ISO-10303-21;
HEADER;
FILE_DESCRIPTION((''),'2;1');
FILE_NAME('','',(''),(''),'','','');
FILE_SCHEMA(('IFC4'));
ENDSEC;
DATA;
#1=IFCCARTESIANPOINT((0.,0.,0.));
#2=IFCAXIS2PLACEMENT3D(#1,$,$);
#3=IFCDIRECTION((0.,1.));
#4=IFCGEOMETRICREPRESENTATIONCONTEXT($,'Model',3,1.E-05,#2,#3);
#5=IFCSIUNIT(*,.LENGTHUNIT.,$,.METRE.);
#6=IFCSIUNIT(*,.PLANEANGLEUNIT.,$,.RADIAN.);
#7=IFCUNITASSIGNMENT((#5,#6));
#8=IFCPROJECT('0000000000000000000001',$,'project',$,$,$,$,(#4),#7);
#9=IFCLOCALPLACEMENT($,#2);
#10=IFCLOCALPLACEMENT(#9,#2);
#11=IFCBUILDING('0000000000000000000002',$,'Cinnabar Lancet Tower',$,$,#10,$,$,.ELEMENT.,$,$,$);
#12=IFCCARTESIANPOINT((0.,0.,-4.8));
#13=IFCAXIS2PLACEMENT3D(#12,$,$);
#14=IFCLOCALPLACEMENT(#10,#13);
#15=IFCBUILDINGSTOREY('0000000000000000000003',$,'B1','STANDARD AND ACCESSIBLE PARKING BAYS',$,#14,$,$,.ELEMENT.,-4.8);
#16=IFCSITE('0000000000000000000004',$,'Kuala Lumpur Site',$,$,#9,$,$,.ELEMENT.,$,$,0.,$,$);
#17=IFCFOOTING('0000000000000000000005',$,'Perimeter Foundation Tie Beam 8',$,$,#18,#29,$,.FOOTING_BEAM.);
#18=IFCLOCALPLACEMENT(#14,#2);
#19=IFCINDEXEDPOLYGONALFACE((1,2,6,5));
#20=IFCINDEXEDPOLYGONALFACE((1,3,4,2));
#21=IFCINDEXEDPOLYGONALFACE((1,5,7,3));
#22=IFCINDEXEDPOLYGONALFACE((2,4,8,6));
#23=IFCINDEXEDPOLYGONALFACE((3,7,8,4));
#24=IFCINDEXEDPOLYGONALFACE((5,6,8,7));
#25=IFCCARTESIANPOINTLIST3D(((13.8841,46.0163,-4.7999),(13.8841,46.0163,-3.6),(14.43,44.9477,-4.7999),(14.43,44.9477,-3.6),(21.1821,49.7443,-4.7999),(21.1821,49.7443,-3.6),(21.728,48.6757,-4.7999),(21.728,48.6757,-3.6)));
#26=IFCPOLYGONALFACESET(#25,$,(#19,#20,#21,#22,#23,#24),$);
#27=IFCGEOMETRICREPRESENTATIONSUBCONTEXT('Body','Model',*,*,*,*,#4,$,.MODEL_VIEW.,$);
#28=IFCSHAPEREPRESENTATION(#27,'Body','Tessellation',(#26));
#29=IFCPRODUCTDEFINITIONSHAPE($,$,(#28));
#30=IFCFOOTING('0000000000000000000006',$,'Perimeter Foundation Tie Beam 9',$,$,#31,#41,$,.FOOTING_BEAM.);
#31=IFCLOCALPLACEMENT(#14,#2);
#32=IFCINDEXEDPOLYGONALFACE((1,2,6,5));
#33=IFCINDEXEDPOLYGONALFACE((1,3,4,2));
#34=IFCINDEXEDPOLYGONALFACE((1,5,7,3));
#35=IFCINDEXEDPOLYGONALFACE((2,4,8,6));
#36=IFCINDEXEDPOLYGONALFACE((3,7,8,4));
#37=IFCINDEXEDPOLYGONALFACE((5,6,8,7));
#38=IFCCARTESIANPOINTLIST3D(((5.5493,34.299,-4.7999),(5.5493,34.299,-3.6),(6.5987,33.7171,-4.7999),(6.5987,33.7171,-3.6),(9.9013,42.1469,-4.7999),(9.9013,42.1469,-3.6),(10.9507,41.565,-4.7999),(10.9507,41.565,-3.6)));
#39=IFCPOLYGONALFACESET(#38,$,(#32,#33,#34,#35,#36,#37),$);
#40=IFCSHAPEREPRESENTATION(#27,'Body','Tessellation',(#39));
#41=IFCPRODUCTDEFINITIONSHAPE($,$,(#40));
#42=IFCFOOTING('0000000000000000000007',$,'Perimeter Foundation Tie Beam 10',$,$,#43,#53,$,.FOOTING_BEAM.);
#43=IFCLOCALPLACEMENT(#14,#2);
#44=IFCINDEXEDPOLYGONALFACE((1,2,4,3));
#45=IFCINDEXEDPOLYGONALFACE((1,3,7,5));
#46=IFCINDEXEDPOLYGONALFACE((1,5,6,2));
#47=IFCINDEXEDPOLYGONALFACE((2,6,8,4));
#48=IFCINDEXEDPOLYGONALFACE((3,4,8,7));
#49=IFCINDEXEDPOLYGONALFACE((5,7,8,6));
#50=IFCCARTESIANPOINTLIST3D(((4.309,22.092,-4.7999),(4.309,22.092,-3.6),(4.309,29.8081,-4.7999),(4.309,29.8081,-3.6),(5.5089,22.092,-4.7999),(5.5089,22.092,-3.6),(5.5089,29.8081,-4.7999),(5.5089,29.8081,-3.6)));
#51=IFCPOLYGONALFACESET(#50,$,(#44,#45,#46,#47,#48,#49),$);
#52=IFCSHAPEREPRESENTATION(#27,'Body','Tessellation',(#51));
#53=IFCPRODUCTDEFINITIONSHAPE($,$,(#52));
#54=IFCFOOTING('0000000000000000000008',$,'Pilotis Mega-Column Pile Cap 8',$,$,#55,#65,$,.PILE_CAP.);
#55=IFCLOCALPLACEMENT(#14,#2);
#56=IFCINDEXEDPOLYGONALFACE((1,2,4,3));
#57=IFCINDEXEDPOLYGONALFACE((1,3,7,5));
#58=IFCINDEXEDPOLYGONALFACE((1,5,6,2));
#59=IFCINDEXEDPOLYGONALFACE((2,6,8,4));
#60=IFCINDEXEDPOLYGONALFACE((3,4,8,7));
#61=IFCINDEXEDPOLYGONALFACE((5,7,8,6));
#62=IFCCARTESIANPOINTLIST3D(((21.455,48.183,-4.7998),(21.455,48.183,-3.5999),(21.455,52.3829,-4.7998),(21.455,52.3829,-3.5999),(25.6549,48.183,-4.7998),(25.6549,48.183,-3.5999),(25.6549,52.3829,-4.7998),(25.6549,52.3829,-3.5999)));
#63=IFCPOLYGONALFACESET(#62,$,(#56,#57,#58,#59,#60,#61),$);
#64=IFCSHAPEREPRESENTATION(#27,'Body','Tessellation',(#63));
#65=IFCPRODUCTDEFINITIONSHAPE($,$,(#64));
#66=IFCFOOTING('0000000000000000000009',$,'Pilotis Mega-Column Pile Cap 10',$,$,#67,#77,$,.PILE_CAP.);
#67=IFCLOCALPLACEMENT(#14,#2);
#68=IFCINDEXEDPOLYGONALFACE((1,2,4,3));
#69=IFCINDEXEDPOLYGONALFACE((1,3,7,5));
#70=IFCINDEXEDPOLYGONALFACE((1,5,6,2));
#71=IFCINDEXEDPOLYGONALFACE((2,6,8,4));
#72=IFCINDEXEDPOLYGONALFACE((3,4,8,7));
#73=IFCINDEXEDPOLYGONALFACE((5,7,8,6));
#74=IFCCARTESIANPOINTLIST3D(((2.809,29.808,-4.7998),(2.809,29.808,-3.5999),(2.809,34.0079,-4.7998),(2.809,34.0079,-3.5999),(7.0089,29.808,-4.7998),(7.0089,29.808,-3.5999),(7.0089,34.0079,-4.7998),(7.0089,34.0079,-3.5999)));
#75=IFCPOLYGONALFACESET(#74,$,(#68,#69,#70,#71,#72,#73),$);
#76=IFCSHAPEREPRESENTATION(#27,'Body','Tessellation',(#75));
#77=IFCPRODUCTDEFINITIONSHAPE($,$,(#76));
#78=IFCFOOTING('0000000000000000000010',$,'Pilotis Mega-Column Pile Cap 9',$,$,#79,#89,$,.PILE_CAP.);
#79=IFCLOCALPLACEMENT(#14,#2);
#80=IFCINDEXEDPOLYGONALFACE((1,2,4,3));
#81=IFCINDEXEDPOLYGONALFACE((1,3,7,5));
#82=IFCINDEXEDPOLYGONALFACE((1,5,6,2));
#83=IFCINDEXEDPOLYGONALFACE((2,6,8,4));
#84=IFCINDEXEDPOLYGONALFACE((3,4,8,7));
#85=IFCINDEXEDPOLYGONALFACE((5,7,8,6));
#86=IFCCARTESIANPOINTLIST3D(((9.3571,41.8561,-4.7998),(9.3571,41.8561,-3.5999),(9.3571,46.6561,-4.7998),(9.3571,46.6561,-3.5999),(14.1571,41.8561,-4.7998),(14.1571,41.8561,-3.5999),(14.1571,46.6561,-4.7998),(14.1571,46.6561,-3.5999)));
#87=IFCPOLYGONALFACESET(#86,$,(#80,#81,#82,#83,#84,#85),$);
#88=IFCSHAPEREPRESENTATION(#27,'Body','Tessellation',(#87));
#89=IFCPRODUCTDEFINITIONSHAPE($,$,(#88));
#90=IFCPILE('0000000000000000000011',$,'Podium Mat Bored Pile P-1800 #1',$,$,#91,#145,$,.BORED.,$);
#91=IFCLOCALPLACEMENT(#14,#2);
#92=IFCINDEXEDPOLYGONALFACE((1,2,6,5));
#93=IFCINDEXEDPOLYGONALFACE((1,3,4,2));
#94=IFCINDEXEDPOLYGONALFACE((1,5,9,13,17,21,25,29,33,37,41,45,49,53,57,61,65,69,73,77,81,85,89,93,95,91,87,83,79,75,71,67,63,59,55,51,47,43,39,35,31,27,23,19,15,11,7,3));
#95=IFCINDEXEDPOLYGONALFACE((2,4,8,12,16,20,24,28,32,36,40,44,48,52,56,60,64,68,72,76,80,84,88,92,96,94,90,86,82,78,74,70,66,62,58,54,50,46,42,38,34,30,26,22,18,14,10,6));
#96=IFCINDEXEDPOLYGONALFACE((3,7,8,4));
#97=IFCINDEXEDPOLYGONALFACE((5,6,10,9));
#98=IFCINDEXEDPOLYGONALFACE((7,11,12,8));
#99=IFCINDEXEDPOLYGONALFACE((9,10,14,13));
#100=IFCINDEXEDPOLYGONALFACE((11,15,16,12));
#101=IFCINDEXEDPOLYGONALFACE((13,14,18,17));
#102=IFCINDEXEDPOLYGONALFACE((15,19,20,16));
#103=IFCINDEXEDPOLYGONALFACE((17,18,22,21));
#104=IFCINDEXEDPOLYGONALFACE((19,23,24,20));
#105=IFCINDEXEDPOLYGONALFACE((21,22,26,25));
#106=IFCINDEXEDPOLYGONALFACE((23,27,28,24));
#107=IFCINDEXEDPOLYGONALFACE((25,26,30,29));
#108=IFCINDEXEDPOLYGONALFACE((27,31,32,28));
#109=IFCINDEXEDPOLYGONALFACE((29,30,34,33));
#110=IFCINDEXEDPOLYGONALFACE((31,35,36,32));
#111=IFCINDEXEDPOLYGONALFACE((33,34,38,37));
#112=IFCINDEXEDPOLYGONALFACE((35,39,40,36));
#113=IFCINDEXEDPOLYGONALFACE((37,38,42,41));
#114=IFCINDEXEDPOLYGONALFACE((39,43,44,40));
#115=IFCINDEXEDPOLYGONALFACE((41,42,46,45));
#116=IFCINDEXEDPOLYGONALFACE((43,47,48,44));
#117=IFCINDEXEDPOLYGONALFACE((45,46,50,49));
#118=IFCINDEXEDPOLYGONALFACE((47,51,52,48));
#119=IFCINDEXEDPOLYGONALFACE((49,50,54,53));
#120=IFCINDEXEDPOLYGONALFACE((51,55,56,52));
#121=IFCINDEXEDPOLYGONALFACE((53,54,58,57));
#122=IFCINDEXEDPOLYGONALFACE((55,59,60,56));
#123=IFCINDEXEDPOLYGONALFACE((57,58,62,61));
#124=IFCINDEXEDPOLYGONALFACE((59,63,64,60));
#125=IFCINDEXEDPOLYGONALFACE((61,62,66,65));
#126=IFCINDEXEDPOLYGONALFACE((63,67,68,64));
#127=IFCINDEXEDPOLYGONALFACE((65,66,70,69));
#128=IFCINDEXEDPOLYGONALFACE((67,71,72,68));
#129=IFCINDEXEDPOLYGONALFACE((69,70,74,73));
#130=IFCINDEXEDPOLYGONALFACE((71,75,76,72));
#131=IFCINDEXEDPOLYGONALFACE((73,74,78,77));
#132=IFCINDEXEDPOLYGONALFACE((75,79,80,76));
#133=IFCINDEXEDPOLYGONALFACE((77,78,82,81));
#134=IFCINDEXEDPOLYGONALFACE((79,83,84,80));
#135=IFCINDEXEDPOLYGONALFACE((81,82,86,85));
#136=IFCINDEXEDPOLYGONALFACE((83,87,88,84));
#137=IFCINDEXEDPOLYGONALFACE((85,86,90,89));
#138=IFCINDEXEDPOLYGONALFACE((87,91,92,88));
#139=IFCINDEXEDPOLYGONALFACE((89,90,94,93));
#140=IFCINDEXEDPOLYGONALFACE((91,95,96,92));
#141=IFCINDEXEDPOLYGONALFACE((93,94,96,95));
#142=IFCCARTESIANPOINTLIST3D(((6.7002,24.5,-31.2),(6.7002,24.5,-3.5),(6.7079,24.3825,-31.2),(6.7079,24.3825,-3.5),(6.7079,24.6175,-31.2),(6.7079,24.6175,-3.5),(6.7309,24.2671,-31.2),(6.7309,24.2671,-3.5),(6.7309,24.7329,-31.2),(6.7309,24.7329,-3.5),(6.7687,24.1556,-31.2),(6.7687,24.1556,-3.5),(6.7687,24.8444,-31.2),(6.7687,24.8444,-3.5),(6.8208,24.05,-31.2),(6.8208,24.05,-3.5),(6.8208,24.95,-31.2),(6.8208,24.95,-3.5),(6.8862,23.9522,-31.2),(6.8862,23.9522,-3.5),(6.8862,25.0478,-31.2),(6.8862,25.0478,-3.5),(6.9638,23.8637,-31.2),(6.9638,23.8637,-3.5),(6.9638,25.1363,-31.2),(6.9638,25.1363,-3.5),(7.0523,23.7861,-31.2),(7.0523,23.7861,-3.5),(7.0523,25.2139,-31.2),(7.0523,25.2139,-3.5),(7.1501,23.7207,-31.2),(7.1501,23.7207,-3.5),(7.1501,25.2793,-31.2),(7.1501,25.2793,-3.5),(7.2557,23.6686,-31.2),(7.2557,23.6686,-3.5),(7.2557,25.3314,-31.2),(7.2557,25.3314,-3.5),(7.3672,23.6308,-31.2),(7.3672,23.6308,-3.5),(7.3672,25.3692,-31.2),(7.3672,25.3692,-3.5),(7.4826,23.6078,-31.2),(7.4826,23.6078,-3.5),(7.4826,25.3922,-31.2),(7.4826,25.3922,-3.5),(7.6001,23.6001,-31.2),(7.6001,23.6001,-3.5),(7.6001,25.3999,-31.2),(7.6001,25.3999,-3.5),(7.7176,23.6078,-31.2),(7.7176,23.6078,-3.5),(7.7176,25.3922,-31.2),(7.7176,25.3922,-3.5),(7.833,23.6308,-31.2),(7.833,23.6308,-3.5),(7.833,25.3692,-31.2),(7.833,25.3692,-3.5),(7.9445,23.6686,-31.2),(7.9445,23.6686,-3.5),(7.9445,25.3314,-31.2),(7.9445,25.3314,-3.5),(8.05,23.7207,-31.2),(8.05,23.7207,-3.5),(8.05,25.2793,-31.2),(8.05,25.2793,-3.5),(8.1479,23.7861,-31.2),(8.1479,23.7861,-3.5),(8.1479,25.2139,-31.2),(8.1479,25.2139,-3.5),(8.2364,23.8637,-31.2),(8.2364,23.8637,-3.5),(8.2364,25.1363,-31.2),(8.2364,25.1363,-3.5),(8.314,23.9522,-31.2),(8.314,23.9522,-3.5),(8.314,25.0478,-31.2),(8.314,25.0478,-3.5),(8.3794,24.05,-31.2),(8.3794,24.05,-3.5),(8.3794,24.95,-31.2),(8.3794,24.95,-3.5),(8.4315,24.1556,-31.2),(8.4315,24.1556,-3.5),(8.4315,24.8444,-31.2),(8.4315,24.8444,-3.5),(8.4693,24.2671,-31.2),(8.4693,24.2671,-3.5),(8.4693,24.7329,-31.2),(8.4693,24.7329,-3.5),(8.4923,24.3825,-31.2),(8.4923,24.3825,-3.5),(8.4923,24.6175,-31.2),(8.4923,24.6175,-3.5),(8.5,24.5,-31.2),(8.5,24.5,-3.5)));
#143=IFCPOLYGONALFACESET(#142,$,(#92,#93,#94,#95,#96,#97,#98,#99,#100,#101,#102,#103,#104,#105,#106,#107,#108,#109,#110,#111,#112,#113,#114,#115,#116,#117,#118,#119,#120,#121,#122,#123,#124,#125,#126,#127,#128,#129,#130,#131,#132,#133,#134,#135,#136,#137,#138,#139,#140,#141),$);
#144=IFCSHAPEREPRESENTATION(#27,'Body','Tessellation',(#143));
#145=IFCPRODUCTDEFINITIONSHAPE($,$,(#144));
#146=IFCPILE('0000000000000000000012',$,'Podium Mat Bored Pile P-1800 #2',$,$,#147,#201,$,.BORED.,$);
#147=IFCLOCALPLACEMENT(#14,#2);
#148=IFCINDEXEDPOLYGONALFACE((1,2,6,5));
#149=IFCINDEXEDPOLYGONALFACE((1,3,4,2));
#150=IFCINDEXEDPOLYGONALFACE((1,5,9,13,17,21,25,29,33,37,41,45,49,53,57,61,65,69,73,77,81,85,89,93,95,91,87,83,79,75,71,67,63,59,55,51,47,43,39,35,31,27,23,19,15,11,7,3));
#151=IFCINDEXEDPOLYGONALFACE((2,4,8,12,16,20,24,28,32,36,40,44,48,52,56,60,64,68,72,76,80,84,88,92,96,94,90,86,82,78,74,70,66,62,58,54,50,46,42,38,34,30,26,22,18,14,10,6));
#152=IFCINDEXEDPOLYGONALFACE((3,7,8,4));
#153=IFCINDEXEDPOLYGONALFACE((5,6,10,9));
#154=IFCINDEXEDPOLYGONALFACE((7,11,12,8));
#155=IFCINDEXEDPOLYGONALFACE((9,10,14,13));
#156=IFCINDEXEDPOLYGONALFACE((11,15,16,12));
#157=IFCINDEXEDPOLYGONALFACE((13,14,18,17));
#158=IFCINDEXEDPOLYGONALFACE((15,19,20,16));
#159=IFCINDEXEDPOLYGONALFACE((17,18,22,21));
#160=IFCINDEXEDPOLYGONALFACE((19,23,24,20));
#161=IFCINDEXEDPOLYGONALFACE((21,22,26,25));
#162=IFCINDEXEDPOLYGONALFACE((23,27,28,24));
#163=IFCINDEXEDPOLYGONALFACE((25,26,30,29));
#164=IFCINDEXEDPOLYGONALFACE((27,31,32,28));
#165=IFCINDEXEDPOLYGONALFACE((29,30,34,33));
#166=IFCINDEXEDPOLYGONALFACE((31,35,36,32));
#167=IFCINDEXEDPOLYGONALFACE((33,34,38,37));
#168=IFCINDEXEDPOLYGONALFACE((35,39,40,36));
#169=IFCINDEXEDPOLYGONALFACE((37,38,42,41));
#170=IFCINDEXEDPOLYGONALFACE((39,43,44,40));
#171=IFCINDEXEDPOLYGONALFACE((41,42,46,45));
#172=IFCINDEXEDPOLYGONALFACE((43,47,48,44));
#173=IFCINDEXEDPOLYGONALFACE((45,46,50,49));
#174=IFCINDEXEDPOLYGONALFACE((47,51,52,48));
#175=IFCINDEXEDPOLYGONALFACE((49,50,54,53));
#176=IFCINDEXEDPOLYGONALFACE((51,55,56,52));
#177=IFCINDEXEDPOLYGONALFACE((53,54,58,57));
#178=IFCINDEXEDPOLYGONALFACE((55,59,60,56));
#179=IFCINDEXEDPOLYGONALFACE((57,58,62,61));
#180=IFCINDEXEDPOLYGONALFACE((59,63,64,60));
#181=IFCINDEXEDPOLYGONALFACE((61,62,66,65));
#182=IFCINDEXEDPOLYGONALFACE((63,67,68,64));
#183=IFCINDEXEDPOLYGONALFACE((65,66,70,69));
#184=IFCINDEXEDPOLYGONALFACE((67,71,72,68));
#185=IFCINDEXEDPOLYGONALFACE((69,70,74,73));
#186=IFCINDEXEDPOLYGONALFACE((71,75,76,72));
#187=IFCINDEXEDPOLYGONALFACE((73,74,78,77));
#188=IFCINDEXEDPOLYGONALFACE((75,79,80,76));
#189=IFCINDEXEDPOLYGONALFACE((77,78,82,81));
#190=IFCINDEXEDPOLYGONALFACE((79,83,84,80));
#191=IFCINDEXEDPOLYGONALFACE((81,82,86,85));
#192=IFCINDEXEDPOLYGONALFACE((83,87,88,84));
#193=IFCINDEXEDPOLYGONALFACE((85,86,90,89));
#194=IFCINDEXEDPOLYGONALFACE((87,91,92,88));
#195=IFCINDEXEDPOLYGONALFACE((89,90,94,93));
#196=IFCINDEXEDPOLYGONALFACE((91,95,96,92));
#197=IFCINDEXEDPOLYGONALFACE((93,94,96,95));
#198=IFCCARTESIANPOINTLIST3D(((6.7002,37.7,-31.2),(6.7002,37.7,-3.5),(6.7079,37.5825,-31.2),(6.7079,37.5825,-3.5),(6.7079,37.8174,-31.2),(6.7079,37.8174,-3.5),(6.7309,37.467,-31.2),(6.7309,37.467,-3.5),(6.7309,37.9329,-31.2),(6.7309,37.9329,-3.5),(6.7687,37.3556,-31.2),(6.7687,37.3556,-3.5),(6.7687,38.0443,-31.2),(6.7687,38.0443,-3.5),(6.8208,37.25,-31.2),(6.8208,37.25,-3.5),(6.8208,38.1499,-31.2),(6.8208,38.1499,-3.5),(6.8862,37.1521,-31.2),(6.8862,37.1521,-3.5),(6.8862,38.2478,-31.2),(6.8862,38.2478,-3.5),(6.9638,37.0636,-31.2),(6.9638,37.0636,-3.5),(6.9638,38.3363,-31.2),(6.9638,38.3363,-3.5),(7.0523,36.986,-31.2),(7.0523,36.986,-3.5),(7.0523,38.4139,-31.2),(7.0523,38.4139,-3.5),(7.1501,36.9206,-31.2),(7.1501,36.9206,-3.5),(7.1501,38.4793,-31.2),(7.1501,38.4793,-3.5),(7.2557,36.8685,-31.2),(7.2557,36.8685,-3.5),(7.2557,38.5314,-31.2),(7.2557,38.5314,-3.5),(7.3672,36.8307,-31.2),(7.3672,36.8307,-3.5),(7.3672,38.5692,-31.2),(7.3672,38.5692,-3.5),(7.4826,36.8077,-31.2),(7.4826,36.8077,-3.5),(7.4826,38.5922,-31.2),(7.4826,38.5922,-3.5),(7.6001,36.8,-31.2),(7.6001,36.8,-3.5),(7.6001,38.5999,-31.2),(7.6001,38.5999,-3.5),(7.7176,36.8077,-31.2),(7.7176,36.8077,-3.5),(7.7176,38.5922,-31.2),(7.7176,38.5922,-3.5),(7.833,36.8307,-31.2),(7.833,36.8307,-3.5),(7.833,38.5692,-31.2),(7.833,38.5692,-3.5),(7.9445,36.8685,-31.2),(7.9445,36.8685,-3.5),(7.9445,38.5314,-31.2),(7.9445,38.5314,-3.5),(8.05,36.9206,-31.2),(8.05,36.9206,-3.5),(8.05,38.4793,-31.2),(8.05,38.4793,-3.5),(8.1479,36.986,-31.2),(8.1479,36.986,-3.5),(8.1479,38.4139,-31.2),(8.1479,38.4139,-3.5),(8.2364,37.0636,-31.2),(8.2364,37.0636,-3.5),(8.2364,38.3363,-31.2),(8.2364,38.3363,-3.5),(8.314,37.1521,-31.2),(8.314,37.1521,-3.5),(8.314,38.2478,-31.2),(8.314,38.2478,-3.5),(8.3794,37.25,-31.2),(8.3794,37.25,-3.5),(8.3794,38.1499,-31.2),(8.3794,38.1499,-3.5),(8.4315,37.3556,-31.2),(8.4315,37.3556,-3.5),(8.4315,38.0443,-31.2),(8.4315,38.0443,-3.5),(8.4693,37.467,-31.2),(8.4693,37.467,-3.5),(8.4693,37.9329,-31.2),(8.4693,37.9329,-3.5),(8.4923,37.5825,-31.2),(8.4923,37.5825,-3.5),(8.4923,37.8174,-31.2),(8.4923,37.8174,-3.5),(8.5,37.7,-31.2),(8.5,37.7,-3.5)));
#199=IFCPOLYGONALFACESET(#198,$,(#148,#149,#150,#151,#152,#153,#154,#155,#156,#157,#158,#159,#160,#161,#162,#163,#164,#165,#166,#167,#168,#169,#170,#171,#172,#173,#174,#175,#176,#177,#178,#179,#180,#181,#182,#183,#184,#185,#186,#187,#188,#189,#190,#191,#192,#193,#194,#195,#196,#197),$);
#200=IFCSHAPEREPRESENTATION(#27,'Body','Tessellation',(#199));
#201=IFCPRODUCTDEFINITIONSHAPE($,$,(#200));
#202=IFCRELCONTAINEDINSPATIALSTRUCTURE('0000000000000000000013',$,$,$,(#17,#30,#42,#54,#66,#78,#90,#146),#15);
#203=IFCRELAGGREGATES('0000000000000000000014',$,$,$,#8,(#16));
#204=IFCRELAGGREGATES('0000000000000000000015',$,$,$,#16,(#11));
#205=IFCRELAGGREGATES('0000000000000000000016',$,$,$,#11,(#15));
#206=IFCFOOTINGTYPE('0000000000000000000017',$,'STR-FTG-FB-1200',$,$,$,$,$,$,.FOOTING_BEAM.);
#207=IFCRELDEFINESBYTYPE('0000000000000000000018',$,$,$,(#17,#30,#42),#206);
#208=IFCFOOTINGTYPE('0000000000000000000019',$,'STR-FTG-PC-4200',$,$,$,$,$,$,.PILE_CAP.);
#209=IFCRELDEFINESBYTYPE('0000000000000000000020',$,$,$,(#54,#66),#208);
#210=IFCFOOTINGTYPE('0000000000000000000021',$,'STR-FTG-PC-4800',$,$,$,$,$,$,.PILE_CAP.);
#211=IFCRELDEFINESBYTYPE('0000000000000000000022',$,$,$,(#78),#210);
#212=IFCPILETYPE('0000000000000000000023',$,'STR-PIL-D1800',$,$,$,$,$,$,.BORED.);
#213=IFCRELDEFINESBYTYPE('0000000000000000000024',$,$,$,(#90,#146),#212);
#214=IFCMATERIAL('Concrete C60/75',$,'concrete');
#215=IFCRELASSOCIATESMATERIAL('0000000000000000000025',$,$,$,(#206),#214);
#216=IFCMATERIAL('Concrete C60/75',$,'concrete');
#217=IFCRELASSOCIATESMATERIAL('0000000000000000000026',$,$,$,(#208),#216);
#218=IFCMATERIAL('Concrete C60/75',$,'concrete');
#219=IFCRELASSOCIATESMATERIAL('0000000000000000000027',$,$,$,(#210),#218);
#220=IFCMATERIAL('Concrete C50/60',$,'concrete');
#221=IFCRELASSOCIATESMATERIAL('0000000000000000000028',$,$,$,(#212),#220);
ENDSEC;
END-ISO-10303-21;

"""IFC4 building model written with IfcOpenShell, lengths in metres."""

from ifc_helpers import new_model, si_unit, direction, frame, origin, origin_2d, place, context, subcontext, project, spatial, rectangle, circle, extrude, material, material_profile, profile_set, type_object, element, save


model = new_model("IFC4")

# Units and contexts
model_context = context("Model", 3, precision=1e-05, world=origin(), true_north=direction((0.0, 1.0)))
body_context = subcontext(model_context, "Body", "Model", "MODEL_VIEW")
ifc_project = project(units=[si_unit("LENGTHUNIT", "METRE"), si_unit("PLANEANGLEUNIT", "RADIAN")], contexts=[model_context])

# Site, building, storey
site_placement = place(None, origin())
site = spatial("IfcSite", under=ifc_project, at=site_placement, Name="Kuala Lumpur Site", CompositionType="ELEMENT", RefElevation=0.0)
building_placement = place(site_placement, origin())
building = spatial("IfcBuilding", under=site, at=building_placement, Name="Cinnabar Lancet Tower", CompositionType="ELEMENT")
storey_placement = place(building_placement, frame((0.0, 0.0, -4.8)))
storey = spatial("IfcBuildingStorey", under=building, at=storey_placement, Name="B1", Description="STANDARD AND ACCESSIBLE PARKING BAYS", CompositionType="ELEMENT", Elevation=-4.8)

# Footings
ifc_material_1 = material(Name="Concrete C60/75", Category="concrete")
ifc_material_profile_1 = material_profile(ifc_material_1, rectangle(XDim=1.2, YDim=1.2, at=origin_2d()), Name="RC-FB 1200x1200")
ifc_profile_set_1 = profile_set([ifc_material_profile_1], Name="Concrete C60/75")
footing_type_1 = type_object("IfcFootingType", Name="STR-FTG-FB-1200", PredefinedType="FOOTING_BEAM", material=ifc_profile_set_1)
footing_1_placement = place(storey_placement, frame((21.4551, 49.21, -4.2), z_axis=(-0.890539, -0.454907, 0.0), x_axis=(0.454907, -0.890539, 0.0)))
element("IfcFooting", 1, at=footing_1_placement, inside=storey, type_object=footing_type_1, Name="Perimeter Foundation Tie Beam 8", PredefinedType="FOOTING_BEAM", context=body_context, shape_type="SweptSolid", body=[
    extrude(rectangle(XDim=1.2, YDim=1.2, at=origin_2d()), origin(), (0.0, 0.0, 1.0), 8.1951),
])
footing_2_placement = place(storey_placement, frame((10.426, 41.856, -4.2), z_axis=(-0.484971, -0.87453, 0.0), x_axis=(0.87453, -0.484971, 0.0)))
element("IfcFooting", 2, at=footing_2_placement, inside=storey, type_object=footing_type_1, Name="Perimeter Foundation Tie Beam 9", PredefinedType="FOOTING_BEAM", context=body_context, shape_type="SweptSolid", body=[
    extrude(rectangle(XDim=1.2, YDim=1.2, at=origin_2d()), origin(), (0.0, 0.0, 1.0), 8.9739),
])
footing_3_placement = place(storey_placement, frame((4.9089, 29.8081, -4.2), z_axis=(0.0, -1.0, 0.0), x_axis=(1.0, 0.0, 0.0)))
element("IfcFooting", 3, at=footing_3_placement, inside=storey, type_object=footing_type_1, Name="Perimeter Foundation Tie Beam 10", PredefinedType="FOOTING_BEAM", context=body_context, shape_type="SweptSolid", body=[
    extrude(rectangle(XDim=1.2, YDim=1.2, at=origin_2d()), origin(), (0.0, 0.0, 1.0), 7.7161),
])
ifc_material_2 = material(Name="Concrete C60/75", Category="concrete")
footing_type_2 = type_object("IfcFootingType", Name="STR-FTG-PC-4200", PredefinedType="PILE_CAP", material=ifc_material_2)
for number, where, z_axis, x_axis, name in (
    (4, (23.5549, 50.283, -4.7998), (0.0, 0.0, 1.0), (1.0, 0.0, 0.0), "Pilotis Mega-Column Pile Cap 8"),
    (5, (4.9089, 31.908, -4.7998), (0.0, 0.0, 1.0), (1.0, 0.0, 0.0), "Pilotis Mega-Column Pile Cap 10"),
):
    element("IfcFooting", number, at=place(storey_placement, frame(where, z_axis=z_axis, x_axis=x_axis)), inside=storey, type_object=footing_type_2, Name=name, PredefinedType="PILE_CAP", context=body_context, shape_type="SweptSolid", body=[
        extrude(rectangle(XDim=4.2, YDim=4.2, at=origin_2d()), origin(), (0.0, 0.0, 1.0), 1.2),
    ])
ifc_material_3 = material(Name="Concrete C60/75", Category="concrete")
footing_type_3 = type_object("IfcFootingType", Name="STR-FTG-PC-4800", PredefinedType="PILE_CAP", material=ifc_material_3)
footing_4_placement = place(storey_placement, frame((11.7571, 44.2561, -4.7998), z_axis=(0.0, 0.0, 1.0), x_axis=(1.0, 0.0, 0.0)))
element("IfcFooting", 6, at=footing_4_placement, inside=storey, type_object=footing_type_3, Name="Pilotis Mega-Column Pile Cap 9", PredefinedType="PILE_CAP", context=body_context, shape_type="SweptSolid", body=[
    extrude(rectangle(XDim=4.8, YDim=4.8, at=origin_2d()), origin(), (0.0, 0.0, 1.0), 1.2),
])

# Piles
ifc_material_4 = material(Name="Concrete C50/60", Category="concrete")
ifc_material_profile_2 = material_profile(ifc_material_4, circle(Radius=0.8999, at=origin_2d()), Name="PILE D1800")
ifc_profile_set_2 = profile_set([ifc_material_profile_2], Name="Concrete C50/60")
pile_type_1 = type_object("IfcPileType", Name="STR-PIL-D1800", PredefinedType="BORED", material=ifc_profile_set_2)
for number, where, z_axis, x_axis, name in (
    (7, (7.6001, 24.5, -3.5), (0.0, 0.0, -1.0), (1.0, 0.0, 0.0), "Podium Mat Bored Pile P-1800 #1"),
    (8, (7.6001, 37.7, -3.5), (0.0, 0.0, -1.0), (1.0, 0.0, 0.0), "Podium Mat Bored Pile P-1800 #2"),
):
    element("IfcPile", number, at=place(storey_placement, frame(where, z_axis=z_axis, x_axis=x_axis)), inside=storey, type_object=pile_type_1, Name=name, PredefinedType="BORED", context=body_context, shape_type="SweptSolid", body=[
        extrude(circle(Radius=0.8999, at=origin_2d()), origin(), (0.0, 0.0, 1.0), 27.7),
    ])

save(model, "model.ifc")
